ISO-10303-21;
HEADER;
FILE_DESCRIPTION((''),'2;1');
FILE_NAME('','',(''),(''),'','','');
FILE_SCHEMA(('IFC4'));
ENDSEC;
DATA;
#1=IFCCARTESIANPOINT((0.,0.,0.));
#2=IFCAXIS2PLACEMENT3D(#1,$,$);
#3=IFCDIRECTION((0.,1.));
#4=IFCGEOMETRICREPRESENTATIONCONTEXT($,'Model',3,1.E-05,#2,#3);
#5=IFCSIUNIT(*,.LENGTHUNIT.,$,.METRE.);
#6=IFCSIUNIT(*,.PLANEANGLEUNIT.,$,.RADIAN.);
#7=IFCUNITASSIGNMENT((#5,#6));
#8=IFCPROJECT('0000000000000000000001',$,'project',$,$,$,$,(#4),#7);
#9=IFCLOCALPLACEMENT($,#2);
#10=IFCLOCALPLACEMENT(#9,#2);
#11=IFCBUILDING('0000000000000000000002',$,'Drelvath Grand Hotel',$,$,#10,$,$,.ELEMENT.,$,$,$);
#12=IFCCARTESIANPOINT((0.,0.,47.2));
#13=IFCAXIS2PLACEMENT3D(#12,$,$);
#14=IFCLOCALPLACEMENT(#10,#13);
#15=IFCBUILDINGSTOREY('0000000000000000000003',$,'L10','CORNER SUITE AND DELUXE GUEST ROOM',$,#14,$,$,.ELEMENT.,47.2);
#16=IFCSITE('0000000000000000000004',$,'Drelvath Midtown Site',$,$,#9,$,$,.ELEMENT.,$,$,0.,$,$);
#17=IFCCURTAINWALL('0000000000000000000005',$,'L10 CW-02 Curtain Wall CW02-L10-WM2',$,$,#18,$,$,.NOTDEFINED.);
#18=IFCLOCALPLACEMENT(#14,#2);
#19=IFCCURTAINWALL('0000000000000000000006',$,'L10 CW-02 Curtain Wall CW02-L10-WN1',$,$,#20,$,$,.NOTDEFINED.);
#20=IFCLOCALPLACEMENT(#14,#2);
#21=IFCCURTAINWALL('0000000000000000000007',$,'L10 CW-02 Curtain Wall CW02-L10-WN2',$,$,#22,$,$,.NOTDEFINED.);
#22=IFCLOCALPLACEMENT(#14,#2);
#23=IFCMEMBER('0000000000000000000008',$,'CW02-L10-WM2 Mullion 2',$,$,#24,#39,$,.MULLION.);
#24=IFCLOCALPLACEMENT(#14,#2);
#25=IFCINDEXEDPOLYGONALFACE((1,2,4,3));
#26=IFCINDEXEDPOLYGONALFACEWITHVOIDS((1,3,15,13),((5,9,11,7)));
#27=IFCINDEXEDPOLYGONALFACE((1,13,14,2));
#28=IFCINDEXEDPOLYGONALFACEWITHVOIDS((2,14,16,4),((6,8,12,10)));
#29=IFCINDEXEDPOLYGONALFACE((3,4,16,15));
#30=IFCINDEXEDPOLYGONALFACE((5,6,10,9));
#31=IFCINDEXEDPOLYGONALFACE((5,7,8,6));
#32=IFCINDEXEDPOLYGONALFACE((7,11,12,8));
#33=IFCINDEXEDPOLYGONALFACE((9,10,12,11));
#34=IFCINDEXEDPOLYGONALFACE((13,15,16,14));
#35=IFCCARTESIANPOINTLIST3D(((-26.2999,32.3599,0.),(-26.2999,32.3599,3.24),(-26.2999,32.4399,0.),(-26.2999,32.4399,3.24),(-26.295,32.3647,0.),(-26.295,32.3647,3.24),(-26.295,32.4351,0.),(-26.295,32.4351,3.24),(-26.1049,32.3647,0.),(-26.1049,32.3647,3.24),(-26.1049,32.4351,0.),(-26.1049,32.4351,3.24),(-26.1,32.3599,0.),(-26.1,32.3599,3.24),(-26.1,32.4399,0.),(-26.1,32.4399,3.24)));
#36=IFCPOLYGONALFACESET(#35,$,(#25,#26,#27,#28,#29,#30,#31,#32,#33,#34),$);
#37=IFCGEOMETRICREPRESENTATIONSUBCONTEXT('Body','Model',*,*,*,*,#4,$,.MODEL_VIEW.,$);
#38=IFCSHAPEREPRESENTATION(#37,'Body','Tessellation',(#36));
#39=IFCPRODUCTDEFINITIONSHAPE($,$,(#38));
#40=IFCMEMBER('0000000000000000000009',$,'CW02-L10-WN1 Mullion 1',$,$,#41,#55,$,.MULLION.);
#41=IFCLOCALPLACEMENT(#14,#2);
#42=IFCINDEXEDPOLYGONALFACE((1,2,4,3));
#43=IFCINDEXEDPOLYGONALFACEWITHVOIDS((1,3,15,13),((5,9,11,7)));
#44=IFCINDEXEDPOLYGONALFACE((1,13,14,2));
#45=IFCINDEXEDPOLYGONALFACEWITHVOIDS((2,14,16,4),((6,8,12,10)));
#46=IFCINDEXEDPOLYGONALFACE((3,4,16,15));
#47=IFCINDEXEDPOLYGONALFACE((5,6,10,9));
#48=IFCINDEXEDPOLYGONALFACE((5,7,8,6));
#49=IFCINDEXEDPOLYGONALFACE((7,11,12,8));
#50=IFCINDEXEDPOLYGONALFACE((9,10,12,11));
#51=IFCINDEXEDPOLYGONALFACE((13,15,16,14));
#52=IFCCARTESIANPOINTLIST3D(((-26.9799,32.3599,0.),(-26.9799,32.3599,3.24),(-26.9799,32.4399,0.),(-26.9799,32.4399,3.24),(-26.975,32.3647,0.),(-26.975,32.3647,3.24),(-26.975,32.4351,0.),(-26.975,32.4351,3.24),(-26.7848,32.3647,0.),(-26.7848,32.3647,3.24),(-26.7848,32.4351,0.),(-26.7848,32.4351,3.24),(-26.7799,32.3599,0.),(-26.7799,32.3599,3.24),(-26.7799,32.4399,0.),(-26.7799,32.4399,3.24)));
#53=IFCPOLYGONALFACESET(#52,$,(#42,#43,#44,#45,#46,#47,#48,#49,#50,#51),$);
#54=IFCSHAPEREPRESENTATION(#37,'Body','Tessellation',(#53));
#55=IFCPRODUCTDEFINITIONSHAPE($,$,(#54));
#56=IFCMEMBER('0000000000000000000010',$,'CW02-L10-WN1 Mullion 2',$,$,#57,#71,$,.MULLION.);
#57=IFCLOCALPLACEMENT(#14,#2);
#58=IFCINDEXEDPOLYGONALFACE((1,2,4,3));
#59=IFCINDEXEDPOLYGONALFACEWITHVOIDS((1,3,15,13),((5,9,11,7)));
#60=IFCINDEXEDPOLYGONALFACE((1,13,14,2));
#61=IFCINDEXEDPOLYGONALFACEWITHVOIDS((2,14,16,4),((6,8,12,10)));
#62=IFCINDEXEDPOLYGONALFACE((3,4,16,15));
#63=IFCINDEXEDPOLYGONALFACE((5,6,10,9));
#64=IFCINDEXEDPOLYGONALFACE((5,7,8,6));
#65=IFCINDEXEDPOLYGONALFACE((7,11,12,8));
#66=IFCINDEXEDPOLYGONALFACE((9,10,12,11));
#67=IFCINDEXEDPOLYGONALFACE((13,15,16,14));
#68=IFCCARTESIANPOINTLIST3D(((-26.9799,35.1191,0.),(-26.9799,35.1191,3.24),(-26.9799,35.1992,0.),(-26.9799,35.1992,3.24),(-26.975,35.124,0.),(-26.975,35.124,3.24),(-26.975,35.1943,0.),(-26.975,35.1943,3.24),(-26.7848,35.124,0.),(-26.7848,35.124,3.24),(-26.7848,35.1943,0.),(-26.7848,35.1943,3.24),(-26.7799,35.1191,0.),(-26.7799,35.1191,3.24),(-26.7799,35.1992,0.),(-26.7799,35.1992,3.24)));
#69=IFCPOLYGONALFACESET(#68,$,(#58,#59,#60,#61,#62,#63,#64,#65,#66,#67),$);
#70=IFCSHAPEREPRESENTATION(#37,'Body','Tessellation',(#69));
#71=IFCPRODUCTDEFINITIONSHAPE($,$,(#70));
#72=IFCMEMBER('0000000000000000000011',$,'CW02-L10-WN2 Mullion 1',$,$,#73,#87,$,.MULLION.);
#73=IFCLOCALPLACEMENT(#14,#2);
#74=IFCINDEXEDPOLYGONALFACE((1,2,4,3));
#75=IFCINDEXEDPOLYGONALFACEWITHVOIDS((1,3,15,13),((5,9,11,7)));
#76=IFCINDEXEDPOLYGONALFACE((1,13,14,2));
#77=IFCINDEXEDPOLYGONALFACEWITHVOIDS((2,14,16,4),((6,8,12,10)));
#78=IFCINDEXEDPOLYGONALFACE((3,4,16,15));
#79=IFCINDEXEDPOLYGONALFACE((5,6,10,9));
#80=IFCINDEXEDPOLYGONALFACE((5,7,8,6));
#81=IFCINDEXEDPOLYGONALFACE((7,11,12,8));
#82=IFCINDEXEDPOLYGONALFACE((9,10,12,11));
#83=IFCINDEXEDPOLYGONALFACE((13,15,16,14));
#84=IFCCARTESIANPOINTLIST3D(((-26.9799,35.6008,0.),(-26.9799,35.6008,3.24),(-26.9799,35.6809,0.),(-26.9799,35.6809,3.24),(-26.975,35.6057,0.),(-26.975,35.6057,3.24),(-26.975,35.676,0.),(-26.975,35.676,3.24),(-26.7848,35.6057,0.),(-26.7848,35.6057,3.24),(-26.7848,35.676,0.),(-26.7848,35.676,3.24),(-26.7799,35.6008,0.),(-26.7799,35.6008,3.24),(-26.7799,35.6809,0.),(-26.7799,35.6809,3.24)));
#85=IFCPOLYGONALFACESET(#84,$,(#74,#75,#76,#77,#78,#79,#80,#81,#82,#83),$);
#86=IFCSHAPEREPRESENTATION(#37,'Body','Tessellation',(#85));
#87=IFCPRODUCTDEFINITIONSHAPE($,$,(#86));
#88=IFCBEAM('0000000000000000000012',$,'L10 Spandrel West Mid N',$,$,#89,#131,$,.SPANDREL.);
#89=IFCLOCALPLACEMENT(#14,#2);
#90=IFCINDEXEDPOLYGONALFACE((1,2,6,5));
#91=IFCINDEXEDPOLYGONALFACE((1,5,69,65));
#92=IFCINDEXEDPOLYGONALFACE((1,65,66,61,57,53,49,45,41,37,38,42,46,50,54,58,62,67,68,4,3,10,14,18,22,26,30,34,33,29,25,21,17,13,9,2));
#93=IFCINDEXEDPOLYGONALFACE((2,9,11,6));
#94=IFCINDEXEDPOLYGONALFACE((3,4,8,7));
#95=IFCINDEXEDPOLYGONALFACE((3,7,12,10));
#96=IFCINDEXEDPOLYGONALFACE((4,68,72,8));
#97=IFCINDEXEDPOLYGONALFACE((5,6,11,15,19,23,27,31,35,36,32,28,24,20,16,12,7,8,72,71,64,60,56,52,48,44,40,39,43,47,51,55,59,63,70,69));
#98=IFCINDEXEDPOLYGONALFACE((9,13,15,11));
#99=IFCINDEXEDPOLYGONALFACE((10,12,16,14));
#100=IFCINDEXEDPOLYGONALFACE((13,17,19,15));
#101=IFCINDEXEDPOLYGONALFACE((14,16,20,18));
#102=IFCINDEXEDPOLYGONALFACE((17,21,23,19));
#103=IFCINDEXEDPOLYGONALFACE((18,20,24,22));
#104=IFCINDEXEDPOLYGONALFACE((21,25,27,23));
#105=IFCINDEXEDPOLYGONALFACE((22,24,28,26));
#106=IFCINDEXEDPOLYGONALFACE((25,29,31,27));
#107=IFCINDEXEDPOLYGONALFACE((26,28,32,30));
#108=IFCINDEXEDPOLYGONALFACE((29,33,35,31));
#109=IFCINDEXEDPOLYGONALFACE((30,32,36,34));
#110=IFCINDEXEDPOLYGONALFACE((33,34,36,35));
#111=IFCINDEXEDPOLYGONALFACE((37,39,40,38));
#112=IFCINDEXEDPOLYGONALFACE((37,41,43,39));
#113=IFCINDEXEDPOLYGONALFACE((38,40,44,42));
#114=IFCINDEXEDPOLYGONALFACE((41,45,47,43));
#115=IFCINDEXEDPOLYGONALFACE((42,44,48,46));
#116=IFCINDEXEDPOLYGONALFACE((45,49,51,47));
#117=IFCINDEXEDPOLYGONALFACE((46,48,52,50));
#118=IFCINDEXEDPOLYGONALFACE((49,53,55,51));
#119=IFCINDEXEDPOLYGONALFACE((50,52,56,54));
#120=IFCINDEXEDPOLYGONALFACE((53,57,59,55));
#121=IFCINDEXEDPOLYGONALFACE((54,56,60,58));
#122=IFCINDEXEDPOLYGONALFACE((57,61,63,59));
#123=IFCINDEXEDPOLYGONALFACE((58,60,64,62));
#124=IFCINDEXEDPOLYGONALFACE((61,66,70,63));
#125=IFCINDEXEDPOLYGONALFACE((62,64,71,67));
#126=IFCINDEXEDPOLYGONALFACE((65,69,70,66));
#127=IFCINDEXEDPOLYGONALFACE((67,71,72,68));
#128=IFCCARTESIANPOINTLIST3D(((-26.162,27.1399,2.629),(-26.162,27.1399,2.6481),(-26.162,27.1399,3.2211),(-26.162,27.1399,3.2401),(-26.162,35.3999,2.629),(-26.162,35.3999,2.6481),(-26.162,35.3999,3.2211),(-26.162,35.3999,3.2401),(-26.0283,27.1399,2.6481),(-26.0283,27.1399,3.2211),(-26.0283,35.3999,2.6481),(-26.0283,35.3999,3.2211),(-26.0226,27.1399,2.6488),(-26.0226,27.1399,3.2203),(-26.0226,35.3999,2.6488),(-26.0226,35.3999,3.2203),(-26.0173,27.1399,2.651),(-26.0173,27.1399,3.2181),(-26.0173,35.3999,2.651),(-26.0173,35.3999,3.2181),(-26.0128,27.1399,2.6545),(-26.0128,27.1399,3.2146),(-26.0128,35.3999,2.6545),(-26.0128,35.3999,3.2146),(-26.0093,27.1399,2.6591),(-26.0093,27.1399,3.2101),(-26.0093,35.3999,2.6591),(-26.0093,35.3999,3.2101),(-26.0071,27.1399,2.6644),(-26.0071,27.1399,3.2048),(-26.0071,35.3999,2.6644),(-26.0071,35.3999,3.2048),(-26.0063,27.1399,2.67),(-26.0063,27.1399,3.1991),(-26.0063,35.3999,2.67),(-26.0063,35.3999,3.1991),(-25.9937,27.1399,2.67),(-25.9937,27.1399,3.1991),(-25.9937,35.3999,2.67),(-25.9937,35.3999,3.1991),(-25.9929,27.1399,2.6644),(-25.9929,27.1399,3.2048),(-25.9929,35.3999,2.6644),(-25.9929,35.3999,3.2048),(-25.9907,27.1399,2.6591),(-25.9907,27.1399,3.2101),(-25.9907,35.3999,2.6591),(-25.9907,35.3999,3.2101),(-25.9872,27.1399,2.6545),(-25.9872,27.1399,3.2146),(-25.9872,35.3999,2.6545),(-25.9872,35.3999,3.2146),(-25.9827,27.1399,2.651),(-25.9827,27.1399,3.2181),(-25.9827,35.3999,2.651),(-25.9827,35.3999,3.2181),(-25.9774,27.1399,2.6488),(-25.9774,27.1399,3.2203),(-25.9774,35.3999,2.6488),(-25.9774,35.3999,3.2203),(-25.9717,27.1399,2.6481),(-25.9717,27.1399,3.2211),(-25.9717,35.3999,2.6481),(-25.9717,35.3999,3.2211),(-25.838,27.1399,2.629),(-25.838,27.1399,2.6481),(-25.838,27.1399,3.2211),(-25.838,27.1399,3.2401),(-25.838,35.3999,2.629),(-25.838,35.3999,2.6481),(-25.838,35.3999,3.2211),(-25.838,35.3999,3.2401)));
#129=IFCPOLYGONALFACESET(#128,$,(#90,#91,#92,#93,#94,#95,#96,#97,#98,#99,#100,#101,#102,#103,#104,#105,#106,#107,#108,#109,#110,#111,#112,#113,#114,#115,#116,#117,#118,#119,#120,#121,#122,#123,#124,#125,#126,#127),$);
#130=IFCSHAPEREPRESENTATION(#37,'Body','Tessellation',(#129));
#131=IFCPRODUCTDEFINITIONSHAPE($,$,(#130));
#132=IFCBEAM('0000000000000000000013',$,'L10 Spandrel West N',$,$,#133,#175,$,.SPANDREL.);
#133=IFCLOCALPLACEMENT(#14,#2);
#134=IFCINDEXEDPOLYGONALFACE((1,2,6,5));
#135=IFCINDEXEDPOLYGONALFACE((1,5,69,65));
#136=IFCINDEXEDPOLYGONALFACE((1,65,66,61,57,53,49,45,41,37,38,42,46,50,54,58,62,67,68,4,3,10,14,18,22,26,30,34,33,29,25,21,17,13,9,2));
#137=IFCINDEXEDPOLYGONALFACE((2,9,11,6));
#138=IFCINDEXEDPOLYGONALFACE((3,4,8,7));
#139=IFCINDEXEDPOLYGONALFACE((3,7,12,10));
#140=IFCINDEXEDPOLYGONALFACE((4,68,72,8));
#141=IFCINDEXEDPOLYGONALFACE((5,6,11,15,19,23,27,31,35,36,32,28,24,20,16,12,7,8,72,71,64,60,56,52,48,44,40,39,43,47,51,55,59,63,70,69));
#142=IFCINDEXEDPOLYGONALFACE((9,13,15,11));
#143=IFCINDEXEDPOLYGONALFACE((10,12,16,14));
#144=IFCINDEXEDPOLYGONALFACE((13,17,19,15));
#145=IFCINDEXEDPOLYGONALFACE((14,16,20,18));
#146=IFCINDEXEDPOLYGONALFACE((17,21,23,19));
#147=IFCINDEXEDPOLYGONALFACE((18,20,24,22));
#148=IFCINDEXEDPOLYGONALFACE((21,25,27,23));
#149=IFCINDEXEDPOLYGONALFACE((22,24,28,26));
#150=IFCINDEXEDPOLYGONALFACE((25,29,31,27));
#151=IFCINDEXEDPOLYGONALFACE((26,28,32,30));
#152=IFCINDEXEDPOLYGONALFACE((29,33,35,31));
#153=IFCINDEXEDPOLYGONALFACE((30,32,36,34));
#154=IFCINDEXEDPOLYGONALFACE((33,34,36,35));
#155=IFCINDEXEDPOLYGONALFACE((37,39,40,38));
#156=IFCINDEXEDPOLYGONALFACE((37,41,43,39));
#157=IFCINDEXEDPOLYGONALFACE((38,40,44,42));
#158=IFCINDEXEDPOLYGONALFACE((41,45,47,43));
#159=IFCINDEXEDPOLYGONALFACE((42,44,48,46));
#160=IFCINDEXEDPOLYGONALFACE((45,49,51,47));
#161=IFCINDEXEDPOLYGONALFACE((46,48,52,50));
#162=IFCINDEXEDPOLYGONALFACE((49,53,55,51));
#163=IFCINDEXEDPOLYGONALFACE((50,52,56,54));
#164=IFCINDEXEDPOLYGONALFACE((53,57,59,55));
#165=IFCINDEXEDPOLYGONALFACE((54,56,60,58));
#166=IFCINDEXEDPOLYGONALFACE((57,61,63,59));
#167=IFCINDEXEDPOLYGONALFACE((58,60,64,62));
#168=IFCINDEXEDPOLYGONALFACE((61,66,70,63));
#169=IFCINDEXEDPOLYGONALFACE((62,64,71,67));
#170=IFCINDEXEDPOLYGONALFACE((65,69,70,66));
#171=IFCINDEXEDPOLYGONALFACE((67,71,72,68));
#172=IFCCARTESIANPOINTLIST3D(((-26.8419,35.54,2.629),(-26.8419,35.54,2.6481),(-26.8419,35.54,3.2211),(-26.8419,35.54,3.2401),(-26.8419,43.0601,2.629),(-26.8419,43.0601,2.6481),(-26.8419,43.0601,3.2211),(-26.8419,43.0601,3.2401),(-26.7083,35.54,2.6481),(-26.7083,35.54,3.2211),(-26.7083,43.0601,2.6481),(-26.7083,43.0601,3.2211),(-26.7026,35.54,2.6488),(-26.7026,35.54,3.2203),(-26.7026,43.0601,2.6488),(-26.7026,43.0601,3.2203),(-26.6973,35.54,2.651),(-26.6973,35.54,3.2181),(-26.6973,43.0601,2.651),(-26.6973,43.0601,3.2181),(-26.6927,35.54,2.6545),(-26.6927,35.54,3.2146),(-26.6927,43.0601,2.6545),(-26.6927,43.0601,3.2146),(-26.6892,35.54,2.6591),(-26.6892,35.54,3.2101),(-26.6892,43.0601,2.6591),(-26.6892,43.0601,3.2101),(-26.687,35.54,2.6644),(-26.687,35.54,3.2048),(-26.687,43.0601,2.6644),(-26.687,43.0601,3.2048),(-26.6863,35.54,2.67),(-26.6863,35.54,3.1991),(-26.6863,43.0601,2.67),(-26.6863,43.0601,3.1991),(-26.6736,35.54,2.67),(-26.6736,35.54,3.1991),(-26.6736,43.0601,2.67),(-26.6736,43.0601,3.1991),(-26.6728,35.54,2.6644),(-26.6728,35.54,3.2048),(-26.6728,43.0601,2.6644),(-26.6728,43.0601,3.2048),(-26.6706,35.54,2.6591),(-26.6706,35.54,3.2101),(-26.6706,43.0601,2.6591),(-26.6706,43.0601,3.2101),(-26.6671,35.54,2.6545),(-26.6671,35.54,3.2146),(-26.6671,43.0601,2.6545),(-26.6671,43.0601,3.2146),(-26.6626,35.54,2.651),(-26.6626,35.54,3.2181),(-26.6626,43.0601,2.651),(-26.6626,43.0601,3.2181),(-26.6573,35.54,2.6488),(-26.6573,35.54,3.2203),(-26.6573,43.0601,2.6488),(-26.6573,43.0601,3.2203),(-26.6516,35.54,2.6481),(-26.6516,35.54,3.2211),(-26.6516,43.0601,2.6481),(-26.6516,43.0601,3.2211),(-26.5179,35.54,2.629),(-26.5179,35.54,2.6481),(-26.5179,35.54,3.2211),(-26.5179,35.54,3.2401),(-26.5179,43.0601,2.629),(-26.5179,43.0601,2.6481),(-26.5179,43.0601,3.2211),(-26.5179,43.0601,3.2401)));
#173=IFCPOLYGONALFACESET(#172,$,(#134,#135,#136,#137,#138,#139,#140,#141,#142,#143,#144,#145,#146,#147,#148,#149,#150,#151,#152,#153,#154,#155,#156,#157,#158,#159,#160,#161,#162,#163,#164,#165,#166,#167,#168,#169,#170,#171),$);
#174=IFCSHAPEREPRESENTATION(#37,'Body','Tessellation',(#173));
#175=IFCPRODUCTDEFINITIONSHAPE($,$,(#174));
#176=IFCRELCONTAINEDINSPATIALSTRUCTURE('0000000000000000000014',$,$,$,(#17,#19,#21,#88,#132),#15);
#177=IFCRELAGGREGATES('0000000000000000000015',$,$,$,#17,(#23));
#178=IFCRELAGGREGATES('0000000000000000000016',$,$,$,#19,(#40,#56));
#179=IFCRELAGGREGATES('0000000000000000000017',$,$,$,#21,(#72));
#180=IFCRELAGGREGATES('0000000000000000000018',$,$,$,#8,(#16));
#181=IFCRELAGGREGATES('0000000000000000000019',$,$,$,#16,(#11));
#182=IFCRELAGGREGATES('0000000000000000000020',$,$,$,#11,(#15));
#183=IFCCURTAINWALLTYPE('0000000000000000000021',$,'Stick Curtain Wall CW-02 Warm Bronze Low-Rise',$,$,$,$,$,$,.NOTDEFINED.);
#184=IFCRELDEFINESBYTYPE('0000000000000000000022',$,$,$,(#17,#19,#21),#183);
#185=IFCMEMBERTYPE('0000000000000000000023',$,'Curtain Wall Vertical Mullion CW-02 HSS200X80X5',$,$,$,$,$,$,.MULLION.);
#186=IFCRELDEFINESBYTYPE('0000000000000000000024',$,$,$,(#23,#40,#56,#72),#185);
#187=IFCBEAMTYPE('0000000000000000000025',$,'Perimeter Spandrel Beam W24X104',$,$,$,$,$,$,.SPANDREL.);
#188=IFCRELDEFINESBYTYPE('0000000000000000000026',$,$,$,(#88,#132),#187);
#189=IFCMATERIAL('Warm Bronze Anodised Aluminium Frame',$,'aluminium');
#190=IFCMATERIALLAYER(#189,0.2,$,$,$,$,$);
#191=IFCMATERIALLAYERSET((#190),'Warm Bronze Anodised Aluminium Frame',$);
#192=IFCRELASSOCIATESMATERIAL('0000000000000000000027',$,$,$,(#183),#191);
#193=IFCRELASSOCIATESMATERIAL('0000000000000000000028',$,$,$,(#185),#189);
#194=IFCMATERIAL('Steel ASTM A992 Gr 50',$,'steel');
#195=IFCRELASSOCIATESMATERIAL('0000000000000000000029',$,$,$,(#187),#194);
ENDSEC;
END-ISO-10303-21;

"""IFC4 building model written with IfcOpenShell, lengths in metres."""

from ifc_helpers import new_model, si_unit, direction, frame, origin, origin_2d, place, context, subcontext, project, spatial, hollow_rectangle, i_section, extrude, material, layer, layer_set, material_profile, profile_set, type_object, element, aggregate, save


model = new_model("IFC4")

# Units and contexts
model_context = context("Model", 3, precision=1e-05, world=origin(), true_north=direction((0.0, 1.0)))
body_context = subcontext(model_context, "Body", "Model", "MODEL_VIEW")
ifc_project = project(units=[si_unit("LENGTHUNIT", "METRE"), si_unit("PLANEANGLEUNIT", "RADIAN")], contexts=[model_context])

# Site, building, storey
site_placement = place(None, origin())
site = spatial("IfcSite", under=ifc_project, at=site_placement, Name="Drelvath Midtown Site", CompositionType="ELEMENT", RefElevation=0.0)
building_placement = place(site_placement, origin())
building = spatial("IfcBuilding", under=site, at=building_placement, Name="Drelvath Grand Hotel", CompositionType="ELEMENT")
storey_placement = place(building_placement, frame((0.0, 0.0, 47.2)))
storey = spatial("IfcBuildingStorey", under=building, at=storey_placement, Name="L10", Description="CORNER SUITE AND DELUXE GUEST ROOM", CompositionType="ELEMENT", Elevation=47.2)

# Curtain walls
ifc_material_1 = material(Name="Warm Bronze Anodised Aluminium Frame", Category="aluminium")
ifc_layer_1 = layer(ifc_material_1, 0.2)
ifc_layer_set_1 = layer_set([ifc_layer_1], Name="Warm Bronze Anodised Aluminium Frame")
curtain_wall_type = type_object("IfcCurtainWallType", Name="Stick Curtain Wall CW-02 Warm Bronze Low-Rise", PredefinedType="NOTDEFINED", material=ifc_layer_set_1)
curtain_wall_1_placement = place(storey_placement, origin())
curtain_wall_1 = element("IfcCurtainWall", 1, at=curtain_wall_1_placement, inside=storey, type_object=curtain_wall_type, Name="L10 CW-02 Curtain Wall CW02-L10-WM2", PredefinedType="NOTDEFINED")
curtain_wall_2_placement = place(storey_placement, origin())
curtain_wall_2 = element("IfcCurtainWall", 2, at=curtain_wall_2_placement, inside=storey, type_object=curtain_wall_type, Name="L10 CW-02 Curtain Wall CW02-L10-WN1", PredefinedType="NOTDEFINED")
curtain_wall_3_placement = place(storey_placement, origin())
curtain_wall_3 = element("IfcCurtainWall", 3, at=curtain_wall_3_placement, inside=storey, type_object=curtain_wall_type, Name="L10 CW-02 Curtain Wall CW02-L10-WN2", PredefinedType="NOTDEFINED")
ifc_material_profile_1 = material_profile(ifc_material_1, hollow_rectangle(XDim=0.0801, YDim=0.2, WallThickness=0.0049, at=origin_2d()), Name="HSS200X80X5")
ifc_profile_set_1 = profile_set([ifc_material_profile_1], Name="Warm Bronze Anodised Aluminium Frame")
member_type_1 = type_object("IfcMemberType", Name="Curtain Wall Vertical Mullion CW-02 HSS200X80X5", PredefinedType="MULLION", material=ifc_profile_set_1)

# Members
member_1_placement = place(storey_placement, frame((-26.2, 32.3999, 0.0), z_axis=(0.0, 0.0, 1.0), x_axis=(0.0, 1.0, 0.0)))
member_1 = element("IfcMember", 4, at=member_1_placement, type_object=member_type_1, Name="CW02-L10-WM2 Mullion 2", PredefinedType="MULLION", context=body_context, shape_type="SweptSolid", body=[
    extrude(hollow_rectangle(XDim=0.0801, YDim=0.2, WallThickness=0.0049, at=origin_2d()), origin(), (0.0, 0.0, 1.0), 3.24),
])
member_2_placement = place(storey_placement, frame((-26.8799, 32.3999, 0.0), z_axis=(0.0, 0.0, 1.0), x_axis=(0.0, 1.0, 0.0)))
member_2 = element("IfcMember", 5, at=member_2_placement, type_object=member_type_1, Name="CW02-L10-WN1 Mullion 1", PredefinedType="MULLION", context=body_context, shape_type="SweptSolid", body=[
    extrude(hollow_rectangle(XDim=0.0801, YDim=0.2, WallThickness=0.0049, at=origin_2d()), origin(), (0.0, 0.0, 1.0), 3.24),
])
member_3_placement = place(storey_placement, frame((-26.8799, 35.1592, 0.0), z_axis=(0.0, 0.0, 1.0), x_axis=(0.0, 1.0, 0.0)))
member_3 = element("IfcMember", 6, at=member_3_placement, type_object=member_type_1, Name="CW02-L10-WN1 Mullion 2", PredefinedType="MULLION", context=body_context, shape_type="SweptSolid", body=[
    extrude(hollow_rectangle(XDim=0.0801, YDim=0.2, WallThickness=0.0049, at=origin_2d()), origin(), (0.0, 0.0, 1.0), 3.24),
])
member_4_placement = place(storey_placement, frame((-26.8799, 35.6409, 0.0), z_axis=(0.0, 0.0, 1.0), x_axis=(0.0, 1.0, 0.0)))
member_4 = element("IfcMember", 7, at=member_4_placement, type_object=member_type_1, Name="CW02-L10-WN2 Mullion 1", PredefinedType="MULLION", context=body_context, shape_type="SweptSolid", body=[
    extrude(hollow_rectangle(XDim=0.0801, YDim=0.2, WallThickness=0.0049, at=origin_2d()), origin(), (0.0, 0.0, 1.0), 3.24),
])

# Beams
ifc_material_2 = material(Name="Steel ASTM A992 Gr 50", Category="steel")
ifc_material_profile_2 = material_profile(ifc_material_2, i_section(OverallWidth=0.324, OverallDepth=0.6111, WebThickness=0.0127, FlangeThickness=0.019, FilletRadius=0.022, at=origin_2d()), Name="W24X104")
ifc_profile_set_2 = profile_set([ifc_material_profile_2], Name="Steel ASTM A992 Gr 50")
beam_type_1 = type_object("IfcBeamType", Name="Perimeter Spandrel Beam W24X104", PredefinedType="SPANDREL", material=ifc_profile_set_2)
beam_1_placement = place(storey_placement, frame((-26.0, 27.1399, 2.9346), z_axis=(0.0, 1.0, 0.0), x_axis=(-1.0, 0.0, 0.0)))
element("IfcBeam", 8, at=beam_1_placement, inside=storey, type_object=beam_type_1, Name="L10 Spandrel West Mid N", PredefinedType="SPANDREL", context=body_context, shape_type="SweptSolid", body=[
    extrude(i_section(OverallWidth=0.324, OverallDepth=0.6111, WebThickness=0.0127, FlangeThickness=0.019, FilletRadius=0.022, at=origin_2d()), origin(), (0.0, 0.0, 1.0), 8.26),
])
beam_2_placement = place(storey_placement, frame((-26.6799, 35.54, 2.9346), z_axis=(0.0, 1.0, 0.0), x_axis=(-1.0, 0.0, 0.0)))
element("IfcBeam", 9, at=beam_2_placement, inside=storey, type_object=beam_type_1, Name="L10 Spandrel West N", PredefinedType="SPANDREL", context=body_context, shape_type="SweptSolid", body=[
    extrude(i_section(OverallWidth=0.324, OverallDepth=0.6111, WebThickness=0.0127, FlangeThickness=0.019, FilletRadius=0.022, at=origin_2d()), origin(), (0.0, 0.0, 1.0), 7.52),
])

aggregate(curtain_wall_1, [member_1])
aggregate(curtain_wall_2, [member_2, member_3])
aggregate(curtain_wall_3, [member_4])

save(model, "model.ifc")
